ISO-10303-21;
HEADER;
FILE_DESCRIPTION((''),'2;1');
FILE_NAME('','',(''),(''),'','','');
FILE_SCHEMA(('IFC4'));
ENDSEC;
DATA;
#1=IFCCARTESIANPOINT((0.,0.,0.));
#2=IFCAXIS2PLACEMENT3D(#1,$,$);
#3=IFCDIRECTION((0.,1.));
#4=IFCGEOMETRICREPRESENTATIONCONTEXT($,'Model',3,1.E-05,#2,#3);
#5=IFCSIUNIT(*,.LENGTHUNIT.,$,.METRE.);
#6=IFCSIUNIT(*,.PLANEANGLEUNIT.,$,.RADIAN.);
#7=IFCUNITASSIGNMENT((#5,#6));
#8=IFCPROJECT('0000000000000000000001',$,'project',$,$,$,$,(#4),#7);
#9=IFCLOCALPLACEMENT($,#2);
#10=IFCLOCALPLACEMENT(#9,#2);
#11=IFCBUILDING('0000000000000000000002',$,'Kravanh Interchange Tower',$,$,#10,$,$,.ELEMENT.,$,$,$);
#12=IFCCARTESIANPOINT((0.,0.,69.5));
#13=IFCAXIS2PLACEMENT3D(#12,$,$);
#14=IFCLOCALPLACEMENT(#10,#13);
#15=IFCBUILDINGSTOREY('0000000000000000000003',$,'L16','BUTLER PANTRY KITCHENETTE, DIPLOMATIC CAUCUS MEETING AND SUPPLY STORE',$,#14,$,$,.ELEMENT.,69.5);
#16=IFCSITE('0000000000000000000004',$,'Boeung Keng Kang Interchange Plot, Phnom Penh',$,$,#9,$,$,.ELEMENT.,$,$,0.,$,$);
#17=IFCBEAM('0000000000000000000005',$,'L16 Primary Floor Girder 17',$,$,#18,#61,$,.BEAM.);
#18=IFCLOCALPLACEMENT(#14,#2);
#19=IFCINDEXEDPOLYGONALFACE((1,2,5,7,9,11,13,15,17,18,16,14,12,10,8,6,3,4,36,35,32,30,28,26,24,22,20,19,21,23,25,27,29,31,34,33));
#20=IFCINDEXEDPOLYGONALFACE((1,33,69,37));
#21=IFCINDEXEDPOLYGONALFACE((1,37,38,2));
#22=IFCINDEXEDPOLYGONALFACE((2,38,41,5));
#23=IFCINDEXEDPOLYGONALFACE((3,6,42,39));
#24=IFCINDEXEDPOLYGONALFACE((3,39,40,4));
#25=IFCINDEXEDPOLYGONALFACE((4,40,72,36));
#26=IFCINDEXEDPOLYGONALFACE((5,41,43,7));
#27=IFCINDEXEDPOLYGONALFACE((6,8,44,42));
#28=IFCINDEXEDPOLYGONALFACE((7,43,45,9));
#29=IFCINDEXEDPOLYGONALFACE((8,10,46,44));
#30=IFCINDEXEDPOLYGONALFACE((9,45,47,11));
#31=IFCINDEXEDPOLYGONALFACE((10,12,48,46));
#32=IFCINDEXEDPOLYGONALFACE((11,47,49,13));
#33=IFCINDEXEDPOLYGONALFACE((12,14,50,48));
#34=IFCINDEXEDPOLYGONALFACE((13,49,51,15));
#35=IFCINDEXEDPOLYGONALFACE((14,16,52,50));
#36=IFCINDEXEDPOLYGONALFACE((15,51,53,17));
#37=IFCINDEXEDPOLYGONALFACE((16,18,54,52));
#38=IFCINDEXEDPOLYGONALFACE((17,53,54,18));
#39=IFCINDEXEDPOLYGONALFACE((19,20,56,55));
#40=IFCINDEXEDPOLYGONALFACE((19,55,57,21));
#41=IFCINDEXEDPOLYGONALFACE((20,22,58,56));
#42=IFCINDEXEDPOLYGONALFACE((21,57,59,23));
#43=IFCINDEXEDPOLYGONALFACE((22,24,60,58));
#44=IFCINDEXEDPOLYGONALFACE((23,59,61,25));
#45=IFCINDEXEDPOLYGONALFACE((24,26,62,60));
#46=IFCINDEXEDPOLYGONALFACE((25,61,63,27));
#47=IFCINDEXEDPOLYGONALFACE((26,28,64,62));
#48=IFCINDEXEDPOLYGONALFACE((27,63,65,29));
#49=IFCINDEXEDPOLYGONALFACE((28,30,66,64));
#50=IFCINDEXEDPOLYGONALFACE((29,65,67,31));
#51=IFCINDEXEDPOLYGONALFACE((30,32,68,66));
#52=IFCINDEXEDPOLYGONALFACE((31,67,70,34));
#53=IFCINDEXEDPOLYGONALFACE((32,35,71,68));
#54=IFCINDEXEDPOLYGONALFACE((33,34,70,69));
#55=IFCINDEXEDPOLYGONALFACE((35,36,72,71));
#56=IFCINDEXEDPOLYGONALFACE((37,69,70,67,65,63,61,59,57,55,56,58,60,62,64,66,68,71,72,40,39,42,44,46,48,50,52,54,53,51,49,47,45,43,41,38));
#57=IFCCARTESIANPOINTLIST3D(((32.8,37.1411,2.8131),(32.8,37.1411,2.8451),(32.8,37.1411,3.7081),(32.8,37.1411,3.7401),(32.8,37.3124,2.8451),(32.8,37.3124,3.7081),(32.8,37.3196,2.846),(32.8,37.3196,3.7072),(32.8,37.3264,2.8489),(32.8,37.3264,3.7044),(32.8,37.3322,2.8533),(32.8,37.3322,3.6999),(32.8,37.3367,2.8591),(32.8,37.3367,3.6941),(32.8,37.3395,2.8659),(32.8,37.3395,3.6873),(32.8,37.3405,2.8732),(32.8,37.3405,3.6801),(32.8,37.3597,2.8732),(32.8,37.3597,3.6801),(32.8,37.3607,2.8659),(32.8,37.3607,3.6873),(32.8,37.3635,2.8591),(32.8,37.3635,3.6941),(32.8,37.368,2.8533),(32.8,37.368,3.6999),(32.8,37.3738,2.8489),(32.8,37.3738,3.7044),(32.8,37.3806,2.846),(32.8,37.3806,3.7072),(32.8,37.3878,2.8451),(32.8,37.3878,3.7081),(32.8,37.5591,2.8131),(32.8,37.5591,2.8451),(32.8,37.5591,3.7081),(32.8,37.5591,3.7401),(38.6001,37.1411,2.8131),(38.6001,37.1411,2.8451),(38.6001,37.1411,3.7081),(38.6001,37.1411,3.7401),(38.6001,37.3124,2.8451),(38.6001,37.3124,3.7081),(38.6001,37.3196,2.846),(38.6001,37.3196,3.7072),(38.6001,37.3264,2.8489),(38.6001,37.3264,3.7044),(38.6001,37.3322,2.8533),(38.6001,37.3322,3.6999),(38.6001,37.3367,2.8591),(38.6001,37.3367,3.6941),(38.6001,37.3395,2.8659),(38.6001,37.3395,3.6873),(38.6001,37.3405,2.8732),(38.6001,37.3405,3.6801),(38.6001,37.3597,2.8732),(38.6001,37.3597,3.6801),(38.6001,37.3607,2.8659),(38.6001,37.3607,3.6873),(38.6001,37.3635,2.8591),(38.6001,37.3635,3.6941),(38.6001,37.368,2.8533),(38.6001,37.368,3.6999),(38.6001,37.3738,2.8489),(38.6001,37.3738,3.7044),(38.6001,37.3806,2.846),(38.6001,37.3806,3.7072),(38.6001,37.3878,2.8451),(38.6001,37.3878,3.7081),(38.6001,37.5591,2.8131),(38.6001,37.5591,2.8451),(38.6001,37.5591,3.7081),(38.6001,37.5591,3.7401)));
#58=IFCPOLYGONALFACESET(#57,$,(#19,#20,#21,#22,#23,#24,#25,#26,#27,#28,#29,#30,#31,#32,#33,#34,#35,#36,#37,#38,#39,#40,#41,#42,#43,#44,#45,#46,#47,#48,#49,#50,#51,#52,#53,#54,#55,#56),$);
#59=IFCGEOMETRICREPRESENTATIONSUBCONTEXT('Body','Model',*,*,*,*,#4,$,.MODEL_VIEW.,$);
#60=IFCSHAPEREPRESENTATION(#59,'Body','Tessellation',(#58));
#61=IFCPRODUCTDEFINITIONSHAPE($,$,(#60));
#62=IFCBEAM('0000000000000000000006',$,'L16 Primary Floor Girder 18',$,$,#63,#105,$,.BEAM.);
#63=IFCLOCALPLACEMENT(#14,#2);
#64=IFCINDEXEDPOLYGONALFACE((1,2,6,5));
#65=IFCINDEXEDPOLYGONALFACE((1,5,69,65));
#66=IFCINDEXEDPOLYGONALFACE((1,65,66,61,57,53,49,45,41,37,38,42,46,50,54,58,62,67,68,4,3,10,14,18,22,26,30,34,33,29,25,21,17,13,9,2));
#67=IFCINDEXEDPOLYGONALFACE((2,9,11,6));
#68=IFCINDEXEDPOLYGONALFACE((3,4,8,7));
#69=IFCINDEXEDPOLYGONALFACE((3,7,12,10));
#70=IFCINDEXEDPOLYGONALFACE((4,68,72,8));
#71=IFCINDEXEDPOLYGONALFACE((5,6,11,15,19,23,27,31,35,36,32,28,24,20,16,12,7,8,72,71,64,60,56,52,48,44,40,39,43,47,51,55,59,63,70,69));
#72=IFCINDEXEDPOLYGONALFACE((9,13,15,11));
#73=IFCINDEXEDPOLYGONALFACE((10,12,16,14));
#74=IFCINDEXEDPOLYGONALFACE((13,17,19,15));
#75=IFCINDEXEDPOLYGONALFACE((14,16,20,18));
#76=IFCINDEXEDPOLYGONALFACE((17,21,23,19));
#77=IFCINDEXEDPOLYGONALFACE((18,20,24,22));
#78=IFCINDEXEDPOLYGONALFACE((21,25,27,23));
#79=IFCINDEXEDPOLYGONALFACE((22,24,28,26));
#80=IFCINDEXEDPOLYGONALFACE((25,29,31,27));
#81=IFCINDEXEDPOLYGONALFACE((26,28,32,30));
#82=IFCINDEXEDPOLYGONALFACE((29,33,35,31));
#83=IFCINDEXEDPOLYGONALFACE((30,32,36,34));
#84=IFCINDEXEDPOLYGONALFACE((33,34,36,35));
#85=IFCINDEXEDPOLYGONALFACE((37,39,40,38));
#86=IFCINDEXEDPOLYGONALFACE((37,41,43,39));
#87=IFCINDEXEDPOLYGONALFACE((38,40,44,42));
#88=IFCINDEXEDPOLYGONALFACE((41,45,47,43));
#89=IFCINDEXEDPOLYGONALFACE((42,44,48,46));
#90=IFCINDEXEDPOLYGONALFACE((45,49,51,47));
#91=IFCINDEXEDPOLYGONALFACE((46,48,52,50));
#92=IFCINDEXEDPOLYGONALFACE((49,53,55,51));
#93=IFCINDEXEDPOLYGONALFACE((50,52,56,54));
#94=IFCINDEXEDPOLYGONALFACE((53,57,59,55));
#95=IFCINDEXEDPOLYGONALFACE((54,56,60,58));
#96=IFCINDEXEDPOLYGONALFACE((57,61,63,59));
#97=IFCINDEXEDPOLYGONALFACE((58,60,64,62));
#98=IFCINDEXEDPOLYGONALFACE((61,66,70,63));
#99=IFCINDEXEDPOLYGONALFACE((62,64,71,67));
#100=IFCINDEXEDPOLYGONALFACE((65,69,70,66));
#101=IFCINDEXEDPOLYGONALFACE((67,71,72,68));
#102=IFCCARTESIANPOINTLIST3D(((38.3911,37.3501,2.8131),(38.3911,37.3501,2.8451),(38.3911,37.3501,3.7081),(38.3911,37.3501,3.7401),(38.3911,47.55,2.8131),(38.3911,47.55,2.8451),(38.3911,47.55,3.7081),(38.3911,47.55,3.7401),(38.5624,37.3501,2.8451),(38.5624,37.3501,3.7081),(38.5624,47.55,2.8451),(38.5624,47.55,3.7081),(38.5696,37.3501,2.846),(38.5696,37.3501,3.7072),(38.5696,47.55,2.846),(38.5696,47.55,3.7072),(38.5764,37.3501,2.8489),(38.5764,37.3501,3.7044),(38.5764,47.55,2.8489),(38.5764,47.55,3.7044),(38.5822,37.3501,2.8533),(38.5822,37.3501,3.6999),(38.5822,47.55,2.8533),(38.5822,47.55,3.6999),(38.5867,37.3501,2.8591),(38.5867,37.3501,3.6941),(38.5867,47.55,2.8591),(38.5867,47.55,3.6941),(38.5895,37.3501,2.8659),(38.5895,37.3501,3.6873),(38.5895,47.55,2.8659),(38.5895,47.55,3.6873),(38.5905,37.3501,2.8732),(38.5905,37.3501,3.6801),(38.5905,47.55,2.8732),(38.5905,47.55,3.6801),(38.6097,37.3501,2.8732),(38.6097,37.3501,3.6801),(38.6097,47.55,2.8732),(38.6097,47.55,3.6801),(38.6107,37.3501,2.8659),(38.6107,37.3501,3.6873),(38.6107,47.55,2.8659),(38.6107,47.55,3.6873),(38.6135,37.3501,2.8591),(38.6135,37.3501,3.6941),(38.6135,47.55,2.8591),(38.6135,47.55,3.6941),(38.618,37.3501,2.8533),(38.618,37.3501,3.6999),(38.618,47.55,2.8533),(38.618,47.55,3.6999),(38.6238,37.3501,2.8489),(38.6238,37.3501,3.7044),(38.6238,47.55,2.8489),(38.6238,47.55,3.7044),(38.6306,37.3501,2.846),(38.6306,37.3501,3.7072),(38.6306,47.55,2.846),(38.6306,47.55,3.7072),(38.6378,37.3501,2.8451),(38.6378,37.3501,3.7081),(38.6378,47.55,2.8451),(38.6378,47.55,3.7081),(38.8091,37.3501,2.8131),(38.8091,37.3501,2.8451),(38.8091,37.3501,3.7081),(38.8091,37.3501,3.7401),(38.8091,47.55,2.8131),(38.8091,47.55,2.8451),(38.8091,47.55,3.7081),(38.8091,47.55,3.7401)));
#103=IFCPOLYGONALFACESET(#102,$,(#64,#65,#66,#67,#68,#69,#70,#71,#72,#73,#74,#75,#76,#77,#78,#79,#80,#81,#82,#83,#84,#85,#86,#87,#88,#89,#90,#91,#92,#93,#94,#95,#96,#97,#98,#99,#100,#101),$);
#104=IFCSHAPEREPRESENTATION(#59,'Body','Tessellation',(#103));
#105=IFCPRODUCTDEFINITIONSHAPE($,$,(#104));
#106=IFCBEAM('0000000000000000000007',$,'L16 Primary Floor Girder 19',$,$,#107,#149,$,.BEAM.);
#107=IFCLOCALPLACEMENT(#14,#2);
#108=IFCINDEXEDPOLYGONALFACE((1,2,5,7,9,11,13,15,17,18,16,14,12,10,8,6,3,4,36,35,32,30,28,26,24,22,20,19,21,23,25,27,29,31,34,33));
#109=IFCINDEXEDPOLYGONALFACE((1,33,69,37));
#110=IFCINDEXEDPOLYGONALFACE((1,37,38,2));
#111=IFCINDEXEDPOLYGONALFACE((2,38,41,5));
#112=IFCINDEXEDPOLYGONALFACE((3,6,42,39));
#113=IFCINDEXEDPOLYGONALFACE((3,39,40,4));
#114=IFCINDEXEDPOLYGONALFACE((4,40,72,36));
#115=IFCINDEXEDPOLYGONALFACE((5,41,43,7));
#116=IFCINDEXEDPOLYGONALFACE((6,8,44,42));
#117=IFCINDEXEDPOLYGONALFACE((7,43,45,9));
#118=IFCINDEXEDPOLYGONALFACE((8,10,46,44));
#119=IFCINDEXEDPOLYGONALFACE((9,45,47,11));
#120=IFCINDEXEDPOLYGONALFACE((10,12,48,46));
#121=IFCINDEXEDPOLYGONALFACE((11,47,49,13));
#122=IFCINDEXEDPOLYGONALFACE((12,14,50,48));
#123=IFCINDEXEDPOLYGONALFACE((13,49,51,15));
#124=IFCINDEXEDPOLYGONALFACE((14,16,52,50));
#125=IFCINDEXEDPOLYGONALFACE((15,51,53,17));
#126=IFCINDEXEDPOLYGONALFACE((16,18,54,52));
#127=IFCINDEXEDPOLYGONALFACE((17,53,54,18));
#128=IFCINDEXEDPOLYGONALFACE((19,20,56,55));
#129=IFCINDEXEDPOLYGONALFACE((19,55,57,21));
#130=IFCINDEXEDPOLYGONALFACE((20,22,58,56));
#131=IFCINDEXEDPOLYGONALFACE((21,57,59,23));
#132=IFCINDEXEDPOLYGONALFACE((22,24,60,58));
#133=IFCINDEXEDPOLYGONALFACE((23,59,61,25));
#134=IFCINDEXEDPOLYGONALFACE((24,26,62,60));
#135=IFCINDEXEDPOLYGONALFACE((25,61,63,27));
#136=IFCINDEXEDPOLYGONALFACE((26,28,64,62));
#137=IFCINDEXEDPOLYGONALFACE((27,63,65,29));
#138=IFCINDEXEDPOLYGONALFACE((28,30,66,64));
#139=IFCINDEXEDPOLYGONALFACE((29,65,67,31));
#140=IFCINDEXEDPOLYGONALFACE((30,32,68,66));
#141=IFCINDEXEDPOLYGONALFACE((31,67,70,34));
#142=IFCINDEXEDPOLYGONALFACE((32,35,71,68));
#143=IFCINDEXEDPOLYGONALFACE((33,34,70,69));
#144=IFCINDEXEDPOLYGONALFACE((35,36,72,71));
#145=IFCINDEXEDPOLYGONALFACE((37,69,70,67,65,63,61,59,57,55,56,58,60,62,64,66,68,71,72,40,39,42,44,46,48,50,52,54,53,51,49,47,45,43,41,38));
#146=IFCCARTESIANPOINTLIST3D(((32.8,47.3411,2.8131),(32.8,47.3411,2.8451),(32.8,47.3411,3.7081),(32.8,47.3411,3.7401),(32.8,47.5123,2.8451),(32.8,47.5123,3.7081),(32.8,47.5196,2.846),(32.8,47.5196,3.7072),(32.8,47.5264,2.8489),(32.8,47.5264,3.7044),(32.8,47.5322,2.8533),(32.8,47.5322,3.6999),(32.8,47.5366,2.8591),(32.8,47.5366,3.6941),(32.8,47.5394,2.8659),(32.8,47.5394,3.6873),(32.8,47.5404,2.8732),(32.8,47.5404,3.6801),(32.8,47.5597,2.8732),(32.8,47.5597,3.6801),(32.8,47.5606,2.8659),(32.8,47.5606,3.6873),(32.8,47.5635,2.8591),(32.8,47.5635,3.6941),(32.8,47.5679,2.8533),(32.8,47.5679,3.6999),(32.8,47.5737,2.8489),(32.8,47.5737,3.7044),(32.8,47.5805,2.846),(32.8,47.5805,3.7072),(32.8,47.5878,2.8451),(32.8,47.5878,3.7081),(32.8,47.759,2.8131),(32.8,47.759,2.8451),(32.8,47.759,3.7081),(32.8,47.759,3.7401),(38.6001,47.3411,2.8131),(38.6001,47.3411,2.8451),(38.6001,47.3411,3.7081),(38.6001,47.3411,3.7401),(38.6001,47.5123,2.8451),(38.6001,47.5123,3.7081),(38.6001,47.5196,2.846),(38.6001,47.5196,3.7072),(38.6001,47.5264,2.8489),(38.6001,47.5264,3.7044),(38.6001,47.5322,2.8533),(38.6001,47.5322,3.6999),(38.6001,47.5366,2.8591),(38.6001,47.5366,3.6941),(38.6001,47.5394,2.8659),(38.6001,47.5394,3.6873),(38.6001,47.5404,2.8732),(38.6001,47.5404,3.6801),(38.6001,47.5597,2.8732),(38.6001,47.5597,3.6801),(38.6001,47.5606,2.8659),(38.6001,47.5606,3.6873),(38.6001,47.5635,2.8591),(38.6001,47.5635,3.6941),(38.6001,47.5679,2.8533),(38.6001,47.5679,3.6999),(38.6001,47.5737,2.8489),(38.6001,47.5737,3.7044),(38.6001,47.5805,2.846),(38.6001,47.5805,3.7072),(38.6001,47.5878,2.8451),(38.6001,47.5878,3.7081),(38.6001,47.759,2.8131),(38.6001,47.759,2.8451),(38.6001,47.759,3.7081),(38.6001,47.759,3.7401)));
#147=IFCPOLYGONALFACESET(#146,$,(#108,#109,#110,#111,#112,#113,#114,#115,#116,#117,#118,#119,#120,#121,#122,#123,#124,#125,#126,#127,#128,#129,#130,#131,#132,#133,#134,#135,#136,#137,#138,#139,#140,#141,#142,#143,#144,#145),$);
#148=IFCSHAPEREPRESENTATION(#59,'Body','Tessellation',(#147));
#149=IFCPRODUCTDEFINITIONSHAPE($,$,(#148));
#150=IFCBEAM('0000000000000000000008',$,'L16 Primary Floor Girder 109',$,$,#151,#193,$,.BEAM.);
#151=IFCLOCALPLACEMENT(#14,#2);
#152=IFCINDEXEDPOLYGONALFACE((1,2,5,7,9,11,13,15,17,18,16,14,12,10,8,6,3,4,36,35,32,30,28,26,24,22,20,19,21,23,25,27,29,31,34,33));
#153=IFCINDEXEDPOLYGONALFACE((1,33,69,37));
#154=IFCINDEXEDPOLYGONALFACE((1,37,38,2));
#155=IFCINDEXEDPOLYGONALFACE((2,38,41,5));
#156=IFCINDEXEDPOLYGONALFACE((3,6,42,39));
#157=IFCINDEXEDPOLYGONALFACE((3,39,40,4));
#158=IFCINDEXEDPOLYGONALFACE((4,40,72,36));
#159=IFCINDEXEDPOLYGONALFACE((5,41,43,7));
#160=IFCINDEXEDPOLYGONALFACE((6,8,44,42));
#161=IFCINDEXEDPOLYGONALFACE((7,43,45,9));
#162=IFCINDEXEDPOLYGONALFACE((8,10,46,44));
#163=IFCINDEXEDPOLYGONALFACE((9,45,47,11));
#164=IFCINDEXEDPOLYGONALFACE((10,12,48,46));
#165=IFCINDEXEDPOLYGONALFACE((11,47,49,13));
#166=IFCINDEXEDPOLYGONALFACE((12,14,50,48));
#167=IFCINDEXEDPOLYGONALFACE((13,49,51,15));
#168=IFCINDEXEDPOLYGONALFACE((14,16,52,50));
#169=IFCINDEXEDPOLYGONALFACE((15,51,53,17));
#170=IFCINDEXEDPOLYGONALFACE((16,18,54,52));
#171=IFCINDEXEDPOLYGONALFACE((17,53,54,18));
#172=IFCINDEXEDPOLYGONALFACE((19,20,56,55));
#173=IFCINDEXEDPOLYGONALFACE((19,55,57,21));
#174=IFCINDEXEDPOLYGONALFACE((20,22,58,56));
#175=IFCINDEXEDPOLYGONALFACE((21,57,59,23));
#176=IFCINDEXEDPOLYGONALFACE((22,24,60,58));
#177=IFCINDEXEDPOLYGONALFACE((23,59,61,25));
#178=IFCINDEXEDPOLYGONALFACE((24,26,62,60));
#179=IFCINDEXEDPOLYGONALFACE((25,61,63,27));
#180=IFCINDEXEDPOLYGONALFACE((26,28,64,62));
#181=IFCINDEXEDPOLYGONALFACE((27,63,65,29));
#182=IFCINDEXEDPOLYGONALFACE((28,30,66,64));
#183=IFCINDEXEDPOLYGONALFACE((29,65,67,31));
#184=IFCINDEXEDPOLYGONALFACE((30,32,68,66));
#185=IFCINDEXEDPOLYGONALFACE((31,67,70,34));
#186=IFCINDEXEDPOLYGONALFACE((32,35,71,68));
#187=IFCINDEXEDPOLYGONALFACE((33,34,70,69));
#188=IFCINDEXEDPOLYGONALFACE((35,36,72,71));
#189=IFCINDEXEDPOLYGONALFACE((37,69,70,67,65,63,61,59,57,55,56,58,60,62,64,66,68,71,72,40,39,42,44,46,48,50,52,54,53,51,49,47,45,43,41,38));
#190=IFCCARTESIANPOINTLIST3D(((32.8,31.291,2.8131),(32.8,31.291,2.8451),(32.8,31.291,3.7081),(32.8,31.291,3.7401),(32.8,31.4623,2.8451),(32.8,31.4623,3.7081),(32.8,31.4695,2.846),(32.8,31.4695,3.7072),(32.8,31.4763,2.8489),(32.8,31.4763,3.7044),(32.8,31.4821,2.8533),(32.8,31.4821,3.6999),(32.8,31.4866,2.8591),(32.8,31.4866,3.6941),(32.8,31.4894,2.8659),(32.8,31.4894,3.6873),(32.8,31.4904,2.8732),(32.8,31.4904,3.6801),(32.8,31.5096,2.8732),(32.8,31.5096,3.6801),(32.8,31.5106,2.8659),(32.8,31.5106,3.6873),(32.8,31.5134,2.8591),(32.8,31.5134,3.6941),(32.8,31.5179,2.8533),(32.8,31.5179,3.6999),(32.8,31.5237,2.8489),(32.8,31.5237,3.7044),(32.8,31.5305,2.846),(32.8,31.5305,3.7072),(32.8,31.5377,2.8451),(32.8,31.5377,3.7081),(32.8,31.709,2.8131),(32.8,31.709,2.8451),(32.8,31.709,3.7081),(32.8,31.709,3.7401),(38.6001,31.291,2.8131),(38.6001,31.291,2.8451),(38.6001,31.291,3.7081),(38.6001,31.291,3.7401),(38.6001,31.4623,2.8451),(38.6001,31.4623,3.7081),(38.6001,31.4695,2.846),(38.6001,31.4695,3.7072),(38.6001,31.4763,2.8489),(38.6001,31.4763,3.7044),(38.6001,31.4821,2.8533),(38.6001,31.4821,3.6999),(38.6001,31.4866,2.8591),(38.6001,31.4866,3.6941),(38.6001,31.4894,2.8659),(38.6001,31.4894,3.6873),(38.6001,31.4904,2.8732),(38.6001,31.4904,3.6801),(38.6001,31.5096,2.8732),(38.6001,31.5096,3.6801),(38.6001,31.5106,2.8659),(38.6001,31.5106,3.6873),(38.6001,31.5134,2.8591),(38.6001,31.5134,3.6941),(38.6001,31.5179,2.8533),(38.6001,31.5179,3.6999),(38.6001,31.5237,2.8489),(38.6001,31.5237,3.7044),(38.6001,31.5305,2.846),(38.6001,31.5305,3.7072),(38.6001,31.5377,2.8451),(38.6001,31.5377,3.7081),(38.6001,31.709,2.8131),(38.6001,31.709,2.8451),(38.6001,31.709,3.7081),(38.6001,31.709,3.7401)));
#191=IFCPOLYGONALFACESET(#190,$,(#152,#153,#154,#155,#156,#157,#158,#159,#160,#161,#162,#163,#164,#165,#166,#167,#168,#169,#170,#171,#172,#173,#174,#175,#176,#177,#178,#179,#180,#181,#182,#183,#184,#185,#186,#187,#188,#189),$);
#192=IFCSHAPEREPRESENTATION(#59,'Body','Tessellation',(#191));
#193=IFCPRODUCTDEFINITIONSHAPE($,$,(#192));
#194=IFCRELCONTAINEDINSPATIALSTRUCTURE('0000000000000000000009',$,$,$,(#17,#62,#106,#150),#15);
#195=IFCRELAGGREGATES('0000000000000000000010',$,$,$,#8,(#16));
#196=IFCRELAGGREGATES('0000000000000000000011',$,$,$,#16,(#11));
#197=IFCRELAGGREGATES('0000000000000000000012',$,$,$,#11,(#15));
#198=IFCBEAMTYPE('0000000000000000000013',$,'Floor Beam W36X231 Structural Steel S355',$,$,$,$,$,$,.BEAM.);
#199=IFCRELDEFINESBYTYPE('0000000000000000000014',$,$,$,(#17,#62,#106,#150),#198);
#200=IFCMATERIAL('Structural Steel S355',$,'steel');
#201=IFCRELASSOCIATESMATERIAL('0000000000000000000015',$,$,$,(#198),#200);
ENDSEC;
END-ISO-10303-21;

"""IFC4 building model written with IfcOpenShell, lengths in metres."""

from ifc_helpers import new_model, si_unit, direction, frame, origin, origin_2d, place, context, subcontext, project, spatial, i_section, extrude, material, material_profile, profile_set, type_object, element, save


model = new_model("IFC4")

# Units and contexts
model_context = context("Model", 3, precision=1e-05, world=origin(), true_north=direction((0.0, 1.0)))
body_context = subcontext(model_context, "Body", "Model", "MODEL_VIEW")
ifc_project = project(units=[si_unit("LENGTHUNIT", "METRE"), si_unit("PLANEANGLEUNIT", "RADIAN")], contexts=[model_context])

# Site, building, storey
site_placement = place(None, origin())
site = spatial("IfcSite", under=ifc_project, at=site_placement, Name="Boeung Keng Kang Interchange Plot, Phnom Penh", CompositionType="ELEMENT", RefElevation=0.0)
building_placement = place(site_placement, origin())
building = spatial("IfcBuilding", under=site, at=building_placement, Name="Kravanh Interchange Tower", CompositionType="ELEMENT")
storey_placement = place(building_placement, frame((0.0, 0.0, 69.5)))
storey = spatial("IfcBuildingStorey", under=building, at=storey_placement, Name="L16", Description="BUTLER PANTRY KITCHENETTE, DIPLOMATIC CAUCUS MEETING AND SUPPLY STORE", CompositionType="ELEMENT", Elevation=69.5)

# Beams
ifc_material_1 = material(Name="Structural Steel S355", Category="steel")
ifc_material_profile_1 = material_profile(ifc_material_1, i_section(OverallWidth=0.418, OverallDepth=0.927, WebThickness=0.0193, FlangeThickness=0.032, FilletRadius=0.0281, at=origin_2d()), Name="W36X231")
ifc_profile_set_1 = profile_set([ifc_material_profile_1], Name="Structural Steel S355")
beam_type_1 = type_object("IfcBeamType", Name="Floor Beam W36X231 Structural Steel S355", PredefinedType="BEAM", material=ifc_profile_set_1)
beam_1_placement = place(storey_placement, frame((38.6001, 37.3501, 3.2766), z_axis=(-1.0, 0.0, 0.0), x_axis=(0.0, -1.0, 0.0)))
element("IfcBeam", 1, at=beam_1_placement, inside=storey, type_object=beam_type_1, Name="L16 Primary Floor Girder 17", PredefinedType="BEAM", context=body_context, shape_type="SweptSolid", body=[
    extrude(i_section(OverallWidth=0.418, OverallDepth=0.927, WebThickness=0.0193, FlangeThickness=0.032, FilletRadius=0.0281, at=origin_2d()), origin(), (0.0, 0.0, 1.0), 5.8),
])
beam_2_placement = place(storey_placement, frame((38.6001, 37.3501, 3.2766), z_axis=(0.0, 1.0, 0.0), x_axis=(-1.0, 0.0, 0.0)))
element("IfcBeam", 2, at=beam_2_placement, inside=storey, type_object=beam_type_1, Name="L16 Primary Floor Girder 18", PredefinedType="BEAM", context=body_context, shape_type="SweptSolid", body=[
    extrude(i_section(OverallWidth=0.418, OverallDepth=0.927, WebThickness=0.0193, FlangeThickness=0.032, FilletRadius=0.0281, at=origin_2d()), origin(), (0.0, 0.0, 1.0), 10.2),
])
for number, where, z_axis, x_axis, name in (
    (3, (38.6001, 47.55, 3.2766), (-1.0, 0.0, 0.0), (0.0, -1.0, 0.0), "L16 Primary Floor Girder 19"),
    (4, (32.8, 31.5, 3.2766), (1.0, 0.0, 0.0), (0.0, 1.0, 0.0), "L16 Primary Floor Girder 109"),
):
    element("IfcBeam", number, at=place(storey_placement, frame(where, z_axis=z_axis, x_axis=x_axis)), inside=storey, type_object=beam_type_1, Name=name, PredefinedType="BEAM", context=body_context, shape_type="SweptSolid", body=[
        extrude(i_section(OverallWidth=0.418, OverallDepth=0.927, WebThickness=0.0193, FlangeThickness=0.032, FilletRadius=0.0281, at=origin_2d()), origin(), (0.0, 0.0, 1.0), 5.8),
    ])

save(model, "model.ifc")
